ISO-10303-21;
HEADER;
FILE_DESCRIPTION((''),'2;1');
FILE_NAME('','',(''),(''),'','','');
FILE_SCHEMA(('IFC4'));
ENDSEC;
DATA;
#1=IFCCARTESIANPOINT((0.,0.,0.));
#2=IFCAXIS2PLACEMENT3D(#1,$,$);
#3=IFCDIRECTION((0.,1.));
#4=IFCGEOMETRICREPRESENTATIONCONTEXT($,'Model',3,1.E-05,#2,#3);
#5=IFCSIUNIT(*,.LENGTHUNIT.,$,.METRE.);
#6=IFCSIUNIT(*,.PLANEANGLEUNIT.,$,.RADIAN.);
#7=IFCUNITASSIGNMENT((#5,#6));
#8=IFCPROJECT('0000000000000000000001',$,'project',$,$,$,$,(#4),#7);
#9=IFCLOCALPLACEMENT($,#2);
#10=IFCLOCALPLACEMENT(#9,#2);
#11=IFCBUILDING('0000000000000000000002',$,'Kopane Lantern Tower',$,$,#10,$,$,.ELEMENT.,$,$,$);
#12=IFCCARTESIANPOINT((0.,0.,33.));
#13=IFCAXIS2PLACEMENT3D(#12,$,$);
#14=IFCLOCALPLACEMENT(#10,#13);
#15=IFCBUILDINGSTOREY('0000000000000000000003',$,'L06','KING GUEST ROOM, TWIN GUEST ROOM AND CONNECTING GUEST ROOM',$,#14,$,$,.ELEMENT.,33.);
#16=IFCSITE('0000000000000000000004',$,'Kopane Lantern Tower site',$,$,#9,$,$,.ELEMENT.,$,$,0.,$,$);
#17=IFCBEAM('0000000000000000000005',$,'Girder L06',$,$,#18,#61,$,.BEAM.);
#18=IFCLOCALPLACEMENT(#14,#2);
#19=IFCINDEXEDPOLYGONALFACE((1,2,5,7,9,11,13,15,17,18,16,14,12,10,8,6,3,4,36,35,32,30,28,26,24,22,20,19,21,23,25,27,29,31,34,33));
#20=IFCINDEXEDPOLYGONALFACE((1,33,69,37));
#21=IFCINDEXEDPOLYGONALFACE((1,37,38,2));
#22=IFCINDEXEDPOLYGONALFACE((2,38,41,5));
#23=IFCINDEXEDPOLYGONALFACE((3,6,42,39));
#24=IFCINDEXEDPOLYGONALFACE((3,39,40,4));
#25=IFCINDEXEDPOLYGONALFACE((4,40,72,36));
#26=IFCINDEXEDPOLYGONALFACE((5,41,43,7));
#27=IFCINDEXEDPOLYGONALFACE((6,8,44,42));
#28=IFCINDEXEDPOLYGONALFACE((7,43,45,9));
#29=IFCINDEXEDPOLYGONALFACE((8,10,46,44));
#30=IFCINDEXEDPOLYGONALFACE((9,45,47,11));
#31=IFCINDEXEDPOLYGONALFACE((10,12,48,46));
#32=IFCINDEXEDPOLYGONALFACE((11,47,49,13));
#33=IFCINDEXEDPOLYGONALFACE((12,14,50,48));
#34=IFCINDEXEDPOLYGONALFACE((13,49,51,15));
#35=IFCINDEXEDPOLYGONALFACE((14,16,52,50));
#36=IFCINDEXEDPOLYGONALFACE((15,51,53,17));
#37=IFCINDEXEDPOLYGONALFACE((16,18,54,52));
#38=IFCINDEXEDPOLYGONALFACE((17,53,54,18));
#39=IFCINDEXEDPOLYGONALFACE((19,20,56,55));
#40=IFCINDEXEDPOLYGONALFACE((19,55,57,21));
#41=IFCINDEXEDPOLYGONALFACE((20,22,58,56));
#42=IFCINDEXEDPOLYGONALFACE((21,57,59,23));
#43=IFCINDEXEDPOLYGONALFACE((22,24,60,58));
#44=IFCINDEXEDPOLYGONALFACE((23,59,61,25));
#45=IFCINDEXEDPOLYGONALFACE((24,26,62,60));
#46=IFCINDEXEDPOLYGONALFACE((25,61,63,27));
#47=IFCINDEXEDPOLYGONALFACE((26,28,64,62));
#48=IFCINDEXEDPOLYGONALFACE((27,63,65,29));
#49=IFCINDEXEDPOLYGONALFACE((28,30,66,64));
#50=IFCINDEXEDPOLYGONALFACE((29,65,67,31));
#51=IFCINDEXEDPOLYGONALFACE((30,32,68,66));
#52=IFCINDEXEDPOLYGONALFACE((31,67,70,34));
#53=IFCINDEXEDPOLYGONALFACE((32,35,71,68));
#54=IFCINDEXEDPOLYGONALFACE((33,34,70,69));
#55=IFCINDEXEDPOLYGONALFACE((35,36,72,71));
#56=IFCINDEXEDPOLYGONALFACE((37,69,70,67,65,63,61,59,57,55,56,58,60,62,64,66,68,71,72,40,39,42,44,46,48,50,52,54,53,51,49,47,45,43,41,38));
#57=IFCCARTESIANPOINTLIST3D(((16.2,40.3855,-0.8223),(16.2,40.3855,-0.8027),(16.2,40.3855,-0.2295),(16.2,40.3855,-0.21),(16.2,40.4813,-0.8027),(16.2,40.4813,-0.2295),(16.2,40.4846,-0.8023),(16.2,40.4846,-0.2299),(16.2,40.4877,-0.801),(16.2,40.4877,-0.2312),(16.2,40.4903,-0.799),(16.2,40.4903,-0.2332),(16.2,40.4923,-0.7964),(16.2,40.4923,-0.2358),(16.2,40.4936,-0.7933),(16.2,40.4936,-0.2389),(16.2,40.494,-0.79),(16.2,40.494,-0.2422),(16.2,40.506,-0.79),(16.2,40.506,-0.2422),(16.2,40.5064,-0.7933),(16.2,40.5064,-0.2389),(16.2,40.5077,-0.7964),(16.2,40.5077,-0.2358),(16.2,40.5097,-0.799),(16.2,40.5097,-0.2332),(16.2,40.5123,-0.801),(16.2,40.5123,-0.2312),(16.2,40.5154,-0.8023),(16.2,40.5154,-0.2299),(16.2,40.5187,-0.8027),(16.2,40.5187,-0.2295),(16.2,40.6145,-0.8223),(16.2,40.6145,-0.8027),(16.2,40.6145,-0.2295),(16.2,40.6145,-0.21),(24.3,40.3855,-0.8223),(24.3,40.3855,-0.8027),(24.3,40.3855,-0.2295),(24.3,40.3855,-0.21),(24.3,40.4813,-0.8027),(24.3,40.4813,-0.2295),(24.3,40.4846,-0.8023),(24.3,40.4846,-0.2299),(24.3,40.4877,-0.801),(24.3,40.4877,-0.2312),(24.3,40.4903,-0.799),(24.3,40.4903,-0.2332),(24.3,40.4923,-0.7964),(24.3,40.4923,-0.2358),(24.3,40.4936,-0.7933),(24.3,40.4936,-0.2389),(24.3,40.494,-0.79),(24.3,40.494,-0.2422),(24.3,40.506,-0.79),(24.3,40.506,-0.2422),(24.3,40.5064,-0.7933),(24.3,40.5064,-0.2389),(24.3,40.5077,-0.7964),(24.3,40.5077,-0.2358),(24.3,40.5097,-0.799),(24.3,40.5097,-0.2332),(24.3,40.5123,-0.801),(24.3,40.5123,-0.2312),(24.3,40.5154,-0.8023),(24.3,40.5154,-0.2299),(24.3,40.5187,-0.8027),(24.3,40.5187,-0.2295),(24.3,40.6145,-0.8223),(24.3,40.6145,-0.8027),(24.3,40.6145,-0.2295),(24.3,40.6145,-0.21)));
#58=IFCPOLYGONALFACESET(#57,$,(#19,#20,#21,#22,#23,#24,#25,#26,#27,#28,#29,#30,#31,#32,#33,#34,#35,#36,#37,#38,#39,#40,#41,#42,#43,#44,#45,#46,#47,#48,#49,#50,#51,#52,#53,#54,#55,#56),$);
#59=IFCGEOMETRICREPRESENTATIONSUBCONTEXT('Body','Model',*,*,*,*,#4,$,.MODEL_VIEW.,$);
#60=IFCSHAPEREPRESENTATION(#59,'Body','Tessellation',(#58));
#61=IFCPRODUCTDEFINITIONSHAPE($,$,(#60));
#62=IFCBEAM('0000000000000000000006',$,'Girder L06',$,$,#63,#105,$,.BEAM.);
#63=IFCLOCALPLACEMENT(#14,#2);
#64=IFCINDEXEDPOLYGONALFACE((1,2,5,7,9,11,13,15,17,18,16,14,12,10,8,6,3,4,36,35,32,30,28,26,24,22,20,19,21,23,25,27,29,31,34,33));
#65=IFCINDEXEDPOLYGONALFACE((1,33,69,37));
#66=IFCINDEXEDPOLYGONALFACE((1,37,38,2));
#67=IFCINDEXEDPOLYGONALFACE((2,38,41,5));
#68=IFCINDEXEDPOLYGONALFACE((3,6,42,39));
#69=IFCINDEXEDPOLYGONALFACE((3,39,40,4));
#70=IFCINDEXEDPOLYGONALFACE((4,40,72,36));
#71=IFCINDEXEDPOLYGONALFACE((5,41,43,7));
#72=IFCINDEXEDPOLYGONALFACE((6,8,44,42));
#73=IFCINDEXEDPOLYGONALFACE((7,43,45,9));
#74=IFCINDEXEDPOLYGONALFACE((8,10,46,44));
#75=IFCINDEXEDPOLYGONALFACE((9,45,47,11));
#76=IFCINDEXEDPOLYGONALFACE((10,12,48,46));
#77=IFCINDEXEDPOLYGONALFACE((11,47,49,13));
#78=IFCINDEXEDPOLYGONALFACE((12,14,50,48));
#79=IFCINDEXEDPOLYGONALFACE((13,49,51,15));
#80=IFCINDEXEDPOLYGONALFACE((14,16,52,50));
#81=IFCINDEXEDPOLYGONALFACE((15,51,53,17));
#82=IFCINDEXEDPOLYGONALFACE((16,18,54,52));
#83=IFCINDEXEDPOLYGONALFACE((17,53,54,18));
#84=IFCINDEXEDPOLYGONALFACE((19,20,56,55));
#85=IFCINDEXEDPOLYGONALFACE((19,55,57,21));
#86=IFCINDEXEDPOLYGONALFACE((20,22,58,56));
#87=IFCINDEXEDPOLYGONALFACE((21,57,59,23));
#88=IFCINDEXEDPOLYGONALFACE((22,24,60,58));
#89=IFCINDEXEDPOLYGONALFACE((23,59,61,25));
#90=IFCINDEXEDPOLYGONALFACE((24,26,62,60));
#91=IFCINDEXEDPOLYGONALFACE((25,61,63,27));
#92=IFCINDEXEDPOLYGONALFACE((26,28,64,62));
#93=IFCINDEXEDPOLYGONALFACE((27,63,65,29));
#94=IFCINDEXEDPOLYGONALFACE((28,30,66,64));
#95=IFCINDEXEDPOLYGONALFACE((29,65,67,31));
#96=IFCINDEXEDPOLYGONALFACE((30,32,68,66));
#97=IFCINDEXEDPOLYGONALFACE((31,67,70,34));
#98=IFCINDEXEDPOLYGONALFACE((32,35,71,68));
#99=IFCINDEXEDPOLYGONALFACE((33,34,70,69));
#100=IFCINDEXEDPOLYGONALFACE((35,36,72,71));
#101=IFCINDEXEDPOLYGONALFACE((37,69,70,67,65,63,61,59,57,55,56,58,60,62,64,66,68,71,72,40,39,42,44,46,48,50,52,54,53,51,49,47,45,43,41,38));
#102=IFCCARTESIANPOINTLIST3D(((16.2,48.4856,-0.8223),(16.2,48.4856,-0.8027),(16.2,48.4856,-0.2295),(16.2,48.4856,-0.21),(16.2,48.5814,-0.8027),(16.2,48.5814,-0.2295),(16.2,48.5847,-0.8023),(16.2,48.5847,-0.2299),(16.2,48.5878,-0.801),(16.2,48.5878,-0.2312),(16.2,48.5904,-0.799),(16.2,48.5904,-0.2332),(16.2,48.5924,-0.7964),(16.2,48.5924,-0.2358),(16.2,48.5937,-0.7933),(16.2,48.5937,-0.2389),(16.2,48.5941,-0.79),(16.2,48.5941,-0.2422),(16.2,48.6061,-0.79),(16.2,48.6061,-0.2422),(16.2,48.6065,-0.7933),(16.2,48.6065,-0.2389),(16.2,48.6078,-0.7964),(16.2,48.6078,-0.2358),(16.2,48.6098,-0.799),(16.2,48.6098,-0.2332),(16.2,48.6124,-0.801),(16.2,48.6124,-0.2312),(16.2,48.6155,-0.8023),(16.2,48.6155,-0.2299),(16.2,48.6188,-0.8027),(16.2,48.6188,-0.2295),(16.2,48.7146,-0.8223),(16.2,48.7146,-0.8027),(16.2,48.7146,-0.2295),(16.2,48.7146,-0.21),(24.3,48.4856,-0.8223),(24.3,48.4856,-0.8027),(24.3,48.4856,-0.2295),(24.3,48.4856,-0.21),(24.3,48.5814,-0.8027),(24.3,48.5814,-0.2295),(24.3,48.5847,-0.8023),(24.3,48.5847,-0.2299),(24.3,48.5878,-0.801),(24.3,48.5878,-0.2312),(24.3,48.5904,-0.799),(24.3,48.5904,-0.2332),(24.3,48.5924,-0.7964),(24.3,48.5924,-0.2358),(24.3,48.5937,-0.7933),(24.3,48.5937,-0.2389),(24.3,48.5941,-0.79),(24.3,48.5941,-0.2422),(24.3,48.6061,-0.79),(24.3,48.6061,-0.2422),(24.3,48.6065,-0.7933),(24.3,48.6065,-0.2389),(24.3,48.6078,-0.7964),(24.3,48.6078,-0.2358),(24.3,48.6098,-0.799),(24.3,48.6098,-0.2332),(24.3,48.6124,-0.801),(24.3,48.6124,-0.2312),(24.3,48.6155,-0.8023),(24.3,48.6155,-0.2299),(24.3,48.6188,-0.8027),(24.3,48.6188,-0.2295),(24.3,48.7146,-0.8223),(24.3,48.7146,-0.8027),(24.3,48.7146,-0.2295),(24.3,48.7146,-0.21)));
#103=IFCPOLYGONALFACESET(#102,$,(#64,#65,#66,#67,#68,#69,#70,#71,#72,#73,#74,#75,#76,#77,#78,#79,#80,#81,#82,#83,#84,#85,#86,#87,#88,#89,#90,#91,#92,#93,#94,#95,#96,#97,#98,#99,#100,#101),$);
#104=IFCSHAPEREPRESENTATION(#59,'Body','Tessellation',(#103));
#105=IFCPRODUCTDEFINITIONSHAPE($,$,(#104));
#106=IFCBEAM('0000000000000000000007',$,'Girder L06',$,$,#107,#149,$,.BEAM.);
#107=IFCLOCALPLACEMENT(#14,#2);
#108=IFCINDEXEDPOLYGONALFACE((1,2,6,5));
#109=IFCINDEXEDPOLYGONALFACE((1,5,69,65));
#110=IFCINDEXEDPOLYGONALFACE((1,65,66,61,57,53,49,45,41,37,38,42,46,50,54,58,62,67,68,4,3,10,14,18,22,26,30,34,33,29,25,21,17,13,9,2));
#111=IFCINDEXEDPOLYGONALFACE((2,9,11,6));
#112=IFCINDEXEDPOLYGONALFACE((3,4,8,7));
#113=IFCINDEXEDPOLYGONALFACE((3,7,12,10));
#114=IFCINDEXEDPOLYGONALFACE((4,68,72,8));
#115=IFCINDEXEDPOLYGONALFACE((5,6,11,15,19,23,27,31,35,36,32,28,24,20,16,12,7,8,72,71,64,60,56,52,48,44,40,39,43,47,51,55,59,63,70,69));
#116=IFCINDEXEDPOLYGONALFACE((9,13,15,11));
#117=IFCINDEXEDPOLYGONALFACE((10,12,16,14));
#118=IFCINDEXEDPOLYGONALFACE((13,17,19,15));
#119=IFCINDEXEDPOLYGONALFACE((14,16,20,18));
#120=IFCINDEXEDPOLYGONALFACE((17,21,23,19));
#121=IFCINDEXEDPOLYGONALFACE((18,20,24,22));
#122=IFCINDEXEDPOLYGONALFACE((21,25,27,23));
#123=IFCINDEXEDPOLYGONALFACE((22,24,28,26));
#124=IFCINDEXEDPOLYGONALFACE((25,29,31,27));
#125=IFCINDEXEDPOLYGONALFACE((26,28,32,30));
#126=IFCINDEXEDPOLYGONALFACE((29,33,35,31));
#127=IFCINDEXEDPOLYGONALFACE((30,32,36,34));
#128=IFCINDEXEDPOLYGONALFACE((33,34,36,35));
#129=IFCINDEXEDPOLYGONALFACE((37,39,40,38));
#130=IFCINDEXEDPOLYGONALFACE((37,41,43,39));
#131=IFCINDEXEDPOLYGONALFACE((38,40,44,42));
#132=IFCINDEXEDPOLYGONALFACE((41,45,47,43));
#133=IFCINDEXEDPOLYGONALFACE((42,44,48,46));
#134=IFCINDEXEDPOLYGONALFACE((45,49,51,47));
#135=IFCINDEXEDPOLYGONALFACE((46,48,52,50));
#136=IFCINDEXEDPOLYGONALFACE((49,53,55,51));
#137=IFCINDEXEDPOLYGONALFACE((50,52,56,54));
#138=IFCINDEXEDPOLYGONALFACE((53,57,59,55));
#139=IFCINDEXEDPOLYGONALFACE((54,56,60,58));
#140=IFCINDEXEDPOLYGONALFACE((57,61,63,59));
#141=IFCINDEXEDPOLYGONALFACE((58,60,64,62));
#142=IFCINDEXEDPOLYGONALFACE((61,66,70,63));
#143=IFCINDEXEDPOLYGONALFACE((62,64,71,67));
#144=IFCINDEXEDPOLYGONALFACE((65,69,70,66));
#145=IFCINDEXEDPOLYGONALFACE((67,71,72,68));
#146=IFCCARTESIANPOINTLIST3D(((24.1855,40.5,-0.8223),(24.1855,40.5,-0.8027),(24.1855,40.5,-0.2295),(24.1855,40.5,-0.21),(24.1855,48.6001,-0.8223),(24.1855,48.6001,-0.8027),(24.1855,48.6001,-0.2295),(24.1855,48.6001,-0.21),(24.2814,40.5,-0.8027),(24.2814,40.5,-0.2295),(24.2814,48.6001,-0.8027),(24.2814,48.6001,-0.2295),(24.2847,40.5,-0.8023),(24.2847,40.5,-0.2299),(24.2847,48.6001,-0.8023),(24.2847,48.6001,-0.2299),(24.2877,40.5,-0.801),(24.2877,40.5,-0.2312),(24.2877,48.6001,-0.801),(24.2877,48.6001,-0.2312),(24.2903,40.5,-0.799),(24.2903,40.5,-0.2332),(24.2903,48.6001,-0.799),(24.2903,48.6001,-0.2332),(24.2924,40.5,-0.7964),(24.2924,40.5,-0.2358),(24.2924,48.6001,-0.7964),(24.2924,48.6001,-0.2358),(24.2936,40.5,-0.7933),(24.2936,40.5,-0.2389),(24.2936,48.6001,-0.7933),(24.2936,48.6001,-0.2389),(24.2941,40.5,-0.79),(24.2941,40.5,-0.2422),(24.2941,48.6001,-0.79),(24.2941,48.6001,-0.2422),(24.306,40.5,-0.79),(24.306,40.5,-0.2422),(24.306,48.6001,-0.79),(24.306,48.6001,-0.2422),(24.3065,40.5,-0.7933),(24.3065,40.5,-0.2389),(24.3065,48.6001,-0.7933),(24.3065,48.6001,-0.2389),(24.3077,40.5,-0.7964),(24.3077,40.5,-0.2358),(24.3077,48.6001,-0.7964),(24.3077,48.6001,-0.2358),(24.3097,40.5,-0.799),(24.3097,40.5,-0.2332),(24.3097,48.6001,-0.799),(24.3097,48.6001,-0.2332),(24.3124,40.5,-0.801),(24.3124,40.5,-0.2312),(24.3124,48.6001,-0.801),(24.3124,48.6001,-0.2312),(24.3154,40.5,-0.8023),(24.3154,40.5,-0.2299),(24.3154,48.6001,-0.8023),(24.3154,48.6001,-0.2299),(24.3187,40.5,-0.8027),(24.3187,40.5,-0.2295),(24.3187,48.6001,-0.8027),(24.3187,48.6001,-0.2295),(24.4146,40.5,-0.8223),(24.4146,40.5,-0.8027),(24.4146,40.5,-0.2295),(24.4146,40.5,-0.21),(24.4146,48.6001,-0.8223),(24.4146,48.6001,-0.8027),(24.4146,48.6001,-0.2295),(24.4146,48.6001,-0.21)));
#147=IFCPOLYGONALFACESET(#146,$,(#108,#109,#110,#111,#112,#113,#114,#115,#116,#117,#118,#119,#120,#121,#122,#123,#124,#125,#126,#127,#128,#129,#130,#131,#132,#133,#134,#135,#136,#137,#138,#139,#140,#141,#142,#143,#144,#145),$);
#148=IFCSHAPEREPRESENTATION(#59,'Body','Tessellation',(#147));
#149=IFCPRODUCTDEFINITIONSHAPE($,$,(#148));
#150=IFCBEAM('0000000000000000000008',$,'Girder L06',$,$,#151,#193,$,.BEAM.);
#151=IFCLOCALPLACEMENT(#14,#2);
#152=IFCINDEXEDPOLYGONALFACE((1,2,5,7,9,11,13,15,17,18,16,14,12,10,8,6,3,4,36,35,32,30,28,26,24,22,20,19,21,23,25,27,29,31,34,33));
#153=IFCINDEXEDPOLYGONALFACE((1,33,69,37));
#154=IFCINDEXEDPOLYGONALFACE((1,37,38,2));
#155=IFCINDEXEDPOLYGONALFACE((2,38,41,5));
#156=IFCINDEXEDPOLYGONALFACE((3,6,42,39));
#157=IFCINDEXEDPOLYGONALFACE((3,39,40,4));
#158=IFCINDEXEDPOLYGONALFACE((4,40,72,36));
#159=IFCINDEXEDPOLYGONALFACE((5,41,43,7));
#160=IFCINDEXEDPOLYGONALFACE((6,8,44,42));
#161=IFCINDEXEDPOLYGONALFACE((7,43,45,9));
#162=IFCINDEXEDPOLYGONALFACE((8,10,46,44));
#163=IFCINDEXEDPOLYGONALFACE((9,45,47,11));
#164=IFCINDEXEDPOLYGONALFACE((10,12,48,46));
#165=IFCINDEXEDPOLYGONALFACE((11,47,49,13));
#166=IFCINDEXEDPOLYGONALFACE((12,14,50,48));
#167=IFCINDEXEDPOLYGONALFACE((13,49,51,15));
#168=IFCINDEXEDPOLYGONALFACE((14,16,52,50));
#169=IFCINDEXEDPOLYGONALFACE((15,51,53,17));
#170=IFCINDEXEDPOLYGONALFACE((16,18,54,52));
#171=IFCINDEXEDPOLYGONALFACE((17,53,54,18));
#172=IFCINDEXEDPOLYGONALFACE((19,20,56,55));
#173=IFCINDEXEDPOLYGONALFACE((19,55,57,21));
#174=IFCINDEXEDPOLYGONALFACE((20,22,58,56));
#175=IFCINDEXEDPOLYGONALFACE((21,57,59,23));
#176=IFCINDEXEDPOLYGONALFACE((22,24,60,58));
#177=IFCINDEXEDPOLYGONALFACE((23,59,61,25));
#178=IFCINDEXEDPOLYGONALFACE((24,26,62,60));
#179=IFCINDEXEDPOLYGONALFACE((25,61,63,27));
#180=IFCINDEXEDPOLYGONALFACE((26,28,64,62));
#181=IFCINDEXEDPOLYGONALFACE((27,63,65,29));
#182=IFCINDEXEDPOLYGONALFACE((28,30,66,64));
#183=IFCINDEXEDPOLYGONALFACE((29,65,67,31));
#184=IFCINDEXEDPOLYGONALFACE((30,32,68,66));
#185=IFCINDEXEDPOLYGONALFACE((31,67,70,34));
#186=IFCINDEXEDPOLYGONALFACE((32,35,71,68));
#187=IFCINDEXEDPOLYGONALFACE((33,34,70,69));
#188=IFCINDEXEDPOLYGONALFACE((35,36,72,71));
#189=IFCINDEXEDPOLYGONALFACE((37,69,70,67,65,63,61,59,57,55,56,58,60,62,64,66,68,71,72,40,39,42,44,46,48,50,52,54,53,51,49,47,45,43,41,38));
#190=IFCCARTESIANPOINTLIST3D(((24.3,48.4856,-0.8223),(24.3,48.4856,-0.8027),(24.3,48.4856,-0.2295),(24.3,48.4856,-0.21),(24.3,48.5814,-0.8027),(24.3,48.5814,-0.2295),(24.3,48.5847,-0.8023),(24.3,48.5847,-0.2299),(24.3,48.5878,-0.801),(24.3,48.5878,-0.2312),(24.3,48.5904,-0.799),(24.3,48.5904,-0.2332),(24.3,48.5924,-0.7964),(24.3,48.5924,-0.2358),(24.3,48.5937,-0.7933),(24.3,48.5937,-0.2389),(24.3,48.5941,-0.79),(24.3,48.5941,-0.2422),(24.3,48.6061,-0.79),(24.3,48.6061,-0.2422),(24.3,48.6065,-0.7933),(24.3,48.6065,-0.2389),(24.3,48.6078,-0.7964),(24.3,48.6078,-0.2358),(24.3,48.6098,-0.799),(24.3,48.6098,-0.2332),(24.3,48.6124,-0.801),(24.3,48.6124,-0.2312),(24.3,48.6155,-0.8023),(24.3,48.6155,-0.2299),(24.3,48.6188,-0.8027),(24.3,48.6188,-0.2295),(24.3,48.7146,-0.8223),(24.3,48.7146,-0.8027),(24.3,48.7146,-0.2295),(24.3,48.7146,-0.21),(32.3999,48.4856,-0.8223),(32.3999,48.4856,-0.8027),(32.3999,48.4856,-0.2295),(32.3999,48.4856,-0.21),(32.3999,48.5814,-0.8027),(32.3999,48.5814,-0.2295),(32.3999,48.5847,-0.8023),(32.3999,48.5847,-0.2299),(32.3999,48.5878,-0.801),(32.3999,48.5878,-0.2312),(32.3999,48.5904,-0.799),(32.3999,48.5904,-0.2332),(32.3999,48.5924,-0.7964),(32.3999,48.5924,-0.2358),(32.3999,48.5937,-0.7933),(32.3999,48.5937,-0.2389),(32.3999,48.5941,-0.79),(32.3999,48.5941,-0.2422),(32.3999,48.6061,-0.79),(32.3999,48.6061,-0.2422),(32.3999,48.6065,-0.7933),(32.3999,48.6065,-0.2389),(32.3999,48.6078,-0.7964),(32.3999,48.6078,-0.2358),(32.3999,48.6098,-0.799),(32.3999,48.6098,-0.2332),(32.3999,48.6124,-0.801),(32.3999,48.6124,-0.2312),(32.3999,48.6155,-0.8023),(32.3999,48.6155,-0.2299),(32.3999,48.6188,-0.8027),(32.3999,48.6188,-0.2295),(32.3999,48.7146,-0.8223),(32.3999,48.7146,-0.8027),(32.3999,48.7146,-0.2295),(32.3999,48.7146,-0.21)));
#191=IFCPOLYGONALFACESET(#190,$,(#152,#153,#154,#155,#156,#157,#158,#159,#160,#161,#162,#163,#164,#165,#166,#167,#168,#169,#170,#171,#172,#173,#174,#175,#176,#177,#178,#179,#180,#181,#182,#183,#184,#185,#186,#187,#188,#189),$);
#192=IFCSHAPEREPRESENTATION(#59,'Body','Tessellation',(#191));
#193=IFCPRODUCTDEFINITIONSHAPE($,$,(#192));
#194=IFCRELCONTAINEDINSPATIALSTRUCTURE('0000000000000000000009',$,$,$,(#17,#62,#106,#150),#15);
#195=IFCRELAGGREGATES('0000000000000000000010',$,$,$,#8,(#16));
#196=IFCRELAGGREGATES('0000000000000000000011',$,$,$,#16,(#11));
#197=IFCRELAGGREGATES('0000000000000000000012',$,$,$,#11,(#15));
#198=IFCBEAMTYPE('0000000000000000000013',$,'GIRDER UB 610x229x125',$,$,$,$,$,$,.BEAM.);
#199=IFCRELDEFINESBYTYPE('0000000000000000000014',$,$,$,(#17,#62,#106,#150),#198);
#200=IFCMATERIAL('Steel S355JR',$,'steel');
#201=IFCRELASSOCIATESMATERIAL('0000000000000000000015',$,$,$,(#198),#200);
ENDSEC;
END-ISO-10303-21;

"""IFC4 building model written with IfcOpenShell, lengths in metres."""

from ifc_helpers import new_model, si_unit, direction, frame, origin, origin_2d, place, context, subcontext, project, spatial, i_section, extrude, material, material_profile, profile_set, type_object, element, save


model = new_model("IFC4")

# Units and contexts
model_context = context("Model", 3, precision=1e-05, world=origin(), true_north=direction((0.0, 1.0)))
body_context = subcontext(model_context, "Body", "Model", "MODEL_VIEW")
ifc_project = project(units=[si_unit("LENGTHUNIT", "METRE"), si_unit("PLANEANGLEUNIT", "RADIAN")], contexts=[model_context])

# Site, building, storey
site_placement = place(None, origin())
site = spatial("IfcSite", under=ifc_project, at=site_placement, Name="Kopane Lantern Tower site", CompositionType="ELEMENT", RefElevation=0.0)
building_placement = place(site_placement, origin())
building = spatial("IfcBuilding", under=site, at=building_placement, Name="Kopane Lantern Tower", CompositionType="ELEMENT")
storey_placement = place(building_placement, frame((0.0, 0.0, 33.0)))
storey = spatial("IfcBuildingStorey", under=building, at=storey_placement, Name="L06", Description="KING GUEST ROOM, TWIN GUEST ROOM AND CONNECTING GUEST ROOM", CompositionType="ELEMENT", Elevation=33.0)

# Beams
ifc_material_1 = material(Name="Steel S355JR", Category="steel")
ifc_material_profile_1 = material_profile(ifc_material_1, i_section(OverallWidth=0.229, OverallDepth=0.6123, WebThickness=0.012, FlangeThickness=0.0195, FilletRadius=0.0127, at=origin_2d()), Name="UB 610x229x125")
ifc_profile_set_1 = profile_set([ifc_material_profile_1], Name="Steel S355JR")
beam_type_1 = type_object("IfcBeamType", Name="GIRDER UB 610x229x125", PredefinedType="BEAM", material=ifc_profile_set_1)
for number, where, z_axis, x_axis, name in (
    (1, (16.2, 40.5, -0.5161), (1.0, 0.0, 0.0), (0.0, 1.0, 0.0), "Girder L06"),
    (2, (16.2, 48.6001, -0.5161), (1.0, 0.0, 0.0), (0.0, 1.0, 0.0), "Girder L06"),
    (3, (24.3, 40.5, -0.5161), (0.0, 1.0, 0.0), (-1.0, 0.0, 0.0), "Girder L06"),
):
    element("IfcBeam", number, at=place(storey_placement, frame(where, z_axis=z_axis, x_axis=x_axis)), inside=storey, type_object=beam_type_1, Name=name, PredefinedType="BEAM", context=body_context, shape_type="SweptSolid", body=[
        extrude(i_section(OverallWidth=0.229, OverallDepth=0.6123, WebThickness=0.012, FlangeThickness=0.0195, FilletRadius=0.0127, at=origin_2d()), origin(), (0.0, 0.0, 1.0), 8.1001),
    ])
beam_1_placement = place(storey_placement, frame((24.3, 48.6001, -0.5161), z_axis=(1.0, 0.0, 0.0), x_axis=(0.0, 1.0, 0.0)))
element("IfcBeam", 4, at=beam_1_placement, inside=storey, type_object=beam_type_1, Name="Girder L06", PredefinedType="BEAM", context=body_context, shape_type="SweptSolid", body=[
    extrude(i_section(OverallWidth=0.229, OverallDepth=0.6123, WebThickness=0.012, FlangeThickness=0.0195, FilletRadius=0.0127, at=origin_2d()), origin(), (0.0, 0.0, 1.0), 8.0999),
])

save(model, "model.ifc")
